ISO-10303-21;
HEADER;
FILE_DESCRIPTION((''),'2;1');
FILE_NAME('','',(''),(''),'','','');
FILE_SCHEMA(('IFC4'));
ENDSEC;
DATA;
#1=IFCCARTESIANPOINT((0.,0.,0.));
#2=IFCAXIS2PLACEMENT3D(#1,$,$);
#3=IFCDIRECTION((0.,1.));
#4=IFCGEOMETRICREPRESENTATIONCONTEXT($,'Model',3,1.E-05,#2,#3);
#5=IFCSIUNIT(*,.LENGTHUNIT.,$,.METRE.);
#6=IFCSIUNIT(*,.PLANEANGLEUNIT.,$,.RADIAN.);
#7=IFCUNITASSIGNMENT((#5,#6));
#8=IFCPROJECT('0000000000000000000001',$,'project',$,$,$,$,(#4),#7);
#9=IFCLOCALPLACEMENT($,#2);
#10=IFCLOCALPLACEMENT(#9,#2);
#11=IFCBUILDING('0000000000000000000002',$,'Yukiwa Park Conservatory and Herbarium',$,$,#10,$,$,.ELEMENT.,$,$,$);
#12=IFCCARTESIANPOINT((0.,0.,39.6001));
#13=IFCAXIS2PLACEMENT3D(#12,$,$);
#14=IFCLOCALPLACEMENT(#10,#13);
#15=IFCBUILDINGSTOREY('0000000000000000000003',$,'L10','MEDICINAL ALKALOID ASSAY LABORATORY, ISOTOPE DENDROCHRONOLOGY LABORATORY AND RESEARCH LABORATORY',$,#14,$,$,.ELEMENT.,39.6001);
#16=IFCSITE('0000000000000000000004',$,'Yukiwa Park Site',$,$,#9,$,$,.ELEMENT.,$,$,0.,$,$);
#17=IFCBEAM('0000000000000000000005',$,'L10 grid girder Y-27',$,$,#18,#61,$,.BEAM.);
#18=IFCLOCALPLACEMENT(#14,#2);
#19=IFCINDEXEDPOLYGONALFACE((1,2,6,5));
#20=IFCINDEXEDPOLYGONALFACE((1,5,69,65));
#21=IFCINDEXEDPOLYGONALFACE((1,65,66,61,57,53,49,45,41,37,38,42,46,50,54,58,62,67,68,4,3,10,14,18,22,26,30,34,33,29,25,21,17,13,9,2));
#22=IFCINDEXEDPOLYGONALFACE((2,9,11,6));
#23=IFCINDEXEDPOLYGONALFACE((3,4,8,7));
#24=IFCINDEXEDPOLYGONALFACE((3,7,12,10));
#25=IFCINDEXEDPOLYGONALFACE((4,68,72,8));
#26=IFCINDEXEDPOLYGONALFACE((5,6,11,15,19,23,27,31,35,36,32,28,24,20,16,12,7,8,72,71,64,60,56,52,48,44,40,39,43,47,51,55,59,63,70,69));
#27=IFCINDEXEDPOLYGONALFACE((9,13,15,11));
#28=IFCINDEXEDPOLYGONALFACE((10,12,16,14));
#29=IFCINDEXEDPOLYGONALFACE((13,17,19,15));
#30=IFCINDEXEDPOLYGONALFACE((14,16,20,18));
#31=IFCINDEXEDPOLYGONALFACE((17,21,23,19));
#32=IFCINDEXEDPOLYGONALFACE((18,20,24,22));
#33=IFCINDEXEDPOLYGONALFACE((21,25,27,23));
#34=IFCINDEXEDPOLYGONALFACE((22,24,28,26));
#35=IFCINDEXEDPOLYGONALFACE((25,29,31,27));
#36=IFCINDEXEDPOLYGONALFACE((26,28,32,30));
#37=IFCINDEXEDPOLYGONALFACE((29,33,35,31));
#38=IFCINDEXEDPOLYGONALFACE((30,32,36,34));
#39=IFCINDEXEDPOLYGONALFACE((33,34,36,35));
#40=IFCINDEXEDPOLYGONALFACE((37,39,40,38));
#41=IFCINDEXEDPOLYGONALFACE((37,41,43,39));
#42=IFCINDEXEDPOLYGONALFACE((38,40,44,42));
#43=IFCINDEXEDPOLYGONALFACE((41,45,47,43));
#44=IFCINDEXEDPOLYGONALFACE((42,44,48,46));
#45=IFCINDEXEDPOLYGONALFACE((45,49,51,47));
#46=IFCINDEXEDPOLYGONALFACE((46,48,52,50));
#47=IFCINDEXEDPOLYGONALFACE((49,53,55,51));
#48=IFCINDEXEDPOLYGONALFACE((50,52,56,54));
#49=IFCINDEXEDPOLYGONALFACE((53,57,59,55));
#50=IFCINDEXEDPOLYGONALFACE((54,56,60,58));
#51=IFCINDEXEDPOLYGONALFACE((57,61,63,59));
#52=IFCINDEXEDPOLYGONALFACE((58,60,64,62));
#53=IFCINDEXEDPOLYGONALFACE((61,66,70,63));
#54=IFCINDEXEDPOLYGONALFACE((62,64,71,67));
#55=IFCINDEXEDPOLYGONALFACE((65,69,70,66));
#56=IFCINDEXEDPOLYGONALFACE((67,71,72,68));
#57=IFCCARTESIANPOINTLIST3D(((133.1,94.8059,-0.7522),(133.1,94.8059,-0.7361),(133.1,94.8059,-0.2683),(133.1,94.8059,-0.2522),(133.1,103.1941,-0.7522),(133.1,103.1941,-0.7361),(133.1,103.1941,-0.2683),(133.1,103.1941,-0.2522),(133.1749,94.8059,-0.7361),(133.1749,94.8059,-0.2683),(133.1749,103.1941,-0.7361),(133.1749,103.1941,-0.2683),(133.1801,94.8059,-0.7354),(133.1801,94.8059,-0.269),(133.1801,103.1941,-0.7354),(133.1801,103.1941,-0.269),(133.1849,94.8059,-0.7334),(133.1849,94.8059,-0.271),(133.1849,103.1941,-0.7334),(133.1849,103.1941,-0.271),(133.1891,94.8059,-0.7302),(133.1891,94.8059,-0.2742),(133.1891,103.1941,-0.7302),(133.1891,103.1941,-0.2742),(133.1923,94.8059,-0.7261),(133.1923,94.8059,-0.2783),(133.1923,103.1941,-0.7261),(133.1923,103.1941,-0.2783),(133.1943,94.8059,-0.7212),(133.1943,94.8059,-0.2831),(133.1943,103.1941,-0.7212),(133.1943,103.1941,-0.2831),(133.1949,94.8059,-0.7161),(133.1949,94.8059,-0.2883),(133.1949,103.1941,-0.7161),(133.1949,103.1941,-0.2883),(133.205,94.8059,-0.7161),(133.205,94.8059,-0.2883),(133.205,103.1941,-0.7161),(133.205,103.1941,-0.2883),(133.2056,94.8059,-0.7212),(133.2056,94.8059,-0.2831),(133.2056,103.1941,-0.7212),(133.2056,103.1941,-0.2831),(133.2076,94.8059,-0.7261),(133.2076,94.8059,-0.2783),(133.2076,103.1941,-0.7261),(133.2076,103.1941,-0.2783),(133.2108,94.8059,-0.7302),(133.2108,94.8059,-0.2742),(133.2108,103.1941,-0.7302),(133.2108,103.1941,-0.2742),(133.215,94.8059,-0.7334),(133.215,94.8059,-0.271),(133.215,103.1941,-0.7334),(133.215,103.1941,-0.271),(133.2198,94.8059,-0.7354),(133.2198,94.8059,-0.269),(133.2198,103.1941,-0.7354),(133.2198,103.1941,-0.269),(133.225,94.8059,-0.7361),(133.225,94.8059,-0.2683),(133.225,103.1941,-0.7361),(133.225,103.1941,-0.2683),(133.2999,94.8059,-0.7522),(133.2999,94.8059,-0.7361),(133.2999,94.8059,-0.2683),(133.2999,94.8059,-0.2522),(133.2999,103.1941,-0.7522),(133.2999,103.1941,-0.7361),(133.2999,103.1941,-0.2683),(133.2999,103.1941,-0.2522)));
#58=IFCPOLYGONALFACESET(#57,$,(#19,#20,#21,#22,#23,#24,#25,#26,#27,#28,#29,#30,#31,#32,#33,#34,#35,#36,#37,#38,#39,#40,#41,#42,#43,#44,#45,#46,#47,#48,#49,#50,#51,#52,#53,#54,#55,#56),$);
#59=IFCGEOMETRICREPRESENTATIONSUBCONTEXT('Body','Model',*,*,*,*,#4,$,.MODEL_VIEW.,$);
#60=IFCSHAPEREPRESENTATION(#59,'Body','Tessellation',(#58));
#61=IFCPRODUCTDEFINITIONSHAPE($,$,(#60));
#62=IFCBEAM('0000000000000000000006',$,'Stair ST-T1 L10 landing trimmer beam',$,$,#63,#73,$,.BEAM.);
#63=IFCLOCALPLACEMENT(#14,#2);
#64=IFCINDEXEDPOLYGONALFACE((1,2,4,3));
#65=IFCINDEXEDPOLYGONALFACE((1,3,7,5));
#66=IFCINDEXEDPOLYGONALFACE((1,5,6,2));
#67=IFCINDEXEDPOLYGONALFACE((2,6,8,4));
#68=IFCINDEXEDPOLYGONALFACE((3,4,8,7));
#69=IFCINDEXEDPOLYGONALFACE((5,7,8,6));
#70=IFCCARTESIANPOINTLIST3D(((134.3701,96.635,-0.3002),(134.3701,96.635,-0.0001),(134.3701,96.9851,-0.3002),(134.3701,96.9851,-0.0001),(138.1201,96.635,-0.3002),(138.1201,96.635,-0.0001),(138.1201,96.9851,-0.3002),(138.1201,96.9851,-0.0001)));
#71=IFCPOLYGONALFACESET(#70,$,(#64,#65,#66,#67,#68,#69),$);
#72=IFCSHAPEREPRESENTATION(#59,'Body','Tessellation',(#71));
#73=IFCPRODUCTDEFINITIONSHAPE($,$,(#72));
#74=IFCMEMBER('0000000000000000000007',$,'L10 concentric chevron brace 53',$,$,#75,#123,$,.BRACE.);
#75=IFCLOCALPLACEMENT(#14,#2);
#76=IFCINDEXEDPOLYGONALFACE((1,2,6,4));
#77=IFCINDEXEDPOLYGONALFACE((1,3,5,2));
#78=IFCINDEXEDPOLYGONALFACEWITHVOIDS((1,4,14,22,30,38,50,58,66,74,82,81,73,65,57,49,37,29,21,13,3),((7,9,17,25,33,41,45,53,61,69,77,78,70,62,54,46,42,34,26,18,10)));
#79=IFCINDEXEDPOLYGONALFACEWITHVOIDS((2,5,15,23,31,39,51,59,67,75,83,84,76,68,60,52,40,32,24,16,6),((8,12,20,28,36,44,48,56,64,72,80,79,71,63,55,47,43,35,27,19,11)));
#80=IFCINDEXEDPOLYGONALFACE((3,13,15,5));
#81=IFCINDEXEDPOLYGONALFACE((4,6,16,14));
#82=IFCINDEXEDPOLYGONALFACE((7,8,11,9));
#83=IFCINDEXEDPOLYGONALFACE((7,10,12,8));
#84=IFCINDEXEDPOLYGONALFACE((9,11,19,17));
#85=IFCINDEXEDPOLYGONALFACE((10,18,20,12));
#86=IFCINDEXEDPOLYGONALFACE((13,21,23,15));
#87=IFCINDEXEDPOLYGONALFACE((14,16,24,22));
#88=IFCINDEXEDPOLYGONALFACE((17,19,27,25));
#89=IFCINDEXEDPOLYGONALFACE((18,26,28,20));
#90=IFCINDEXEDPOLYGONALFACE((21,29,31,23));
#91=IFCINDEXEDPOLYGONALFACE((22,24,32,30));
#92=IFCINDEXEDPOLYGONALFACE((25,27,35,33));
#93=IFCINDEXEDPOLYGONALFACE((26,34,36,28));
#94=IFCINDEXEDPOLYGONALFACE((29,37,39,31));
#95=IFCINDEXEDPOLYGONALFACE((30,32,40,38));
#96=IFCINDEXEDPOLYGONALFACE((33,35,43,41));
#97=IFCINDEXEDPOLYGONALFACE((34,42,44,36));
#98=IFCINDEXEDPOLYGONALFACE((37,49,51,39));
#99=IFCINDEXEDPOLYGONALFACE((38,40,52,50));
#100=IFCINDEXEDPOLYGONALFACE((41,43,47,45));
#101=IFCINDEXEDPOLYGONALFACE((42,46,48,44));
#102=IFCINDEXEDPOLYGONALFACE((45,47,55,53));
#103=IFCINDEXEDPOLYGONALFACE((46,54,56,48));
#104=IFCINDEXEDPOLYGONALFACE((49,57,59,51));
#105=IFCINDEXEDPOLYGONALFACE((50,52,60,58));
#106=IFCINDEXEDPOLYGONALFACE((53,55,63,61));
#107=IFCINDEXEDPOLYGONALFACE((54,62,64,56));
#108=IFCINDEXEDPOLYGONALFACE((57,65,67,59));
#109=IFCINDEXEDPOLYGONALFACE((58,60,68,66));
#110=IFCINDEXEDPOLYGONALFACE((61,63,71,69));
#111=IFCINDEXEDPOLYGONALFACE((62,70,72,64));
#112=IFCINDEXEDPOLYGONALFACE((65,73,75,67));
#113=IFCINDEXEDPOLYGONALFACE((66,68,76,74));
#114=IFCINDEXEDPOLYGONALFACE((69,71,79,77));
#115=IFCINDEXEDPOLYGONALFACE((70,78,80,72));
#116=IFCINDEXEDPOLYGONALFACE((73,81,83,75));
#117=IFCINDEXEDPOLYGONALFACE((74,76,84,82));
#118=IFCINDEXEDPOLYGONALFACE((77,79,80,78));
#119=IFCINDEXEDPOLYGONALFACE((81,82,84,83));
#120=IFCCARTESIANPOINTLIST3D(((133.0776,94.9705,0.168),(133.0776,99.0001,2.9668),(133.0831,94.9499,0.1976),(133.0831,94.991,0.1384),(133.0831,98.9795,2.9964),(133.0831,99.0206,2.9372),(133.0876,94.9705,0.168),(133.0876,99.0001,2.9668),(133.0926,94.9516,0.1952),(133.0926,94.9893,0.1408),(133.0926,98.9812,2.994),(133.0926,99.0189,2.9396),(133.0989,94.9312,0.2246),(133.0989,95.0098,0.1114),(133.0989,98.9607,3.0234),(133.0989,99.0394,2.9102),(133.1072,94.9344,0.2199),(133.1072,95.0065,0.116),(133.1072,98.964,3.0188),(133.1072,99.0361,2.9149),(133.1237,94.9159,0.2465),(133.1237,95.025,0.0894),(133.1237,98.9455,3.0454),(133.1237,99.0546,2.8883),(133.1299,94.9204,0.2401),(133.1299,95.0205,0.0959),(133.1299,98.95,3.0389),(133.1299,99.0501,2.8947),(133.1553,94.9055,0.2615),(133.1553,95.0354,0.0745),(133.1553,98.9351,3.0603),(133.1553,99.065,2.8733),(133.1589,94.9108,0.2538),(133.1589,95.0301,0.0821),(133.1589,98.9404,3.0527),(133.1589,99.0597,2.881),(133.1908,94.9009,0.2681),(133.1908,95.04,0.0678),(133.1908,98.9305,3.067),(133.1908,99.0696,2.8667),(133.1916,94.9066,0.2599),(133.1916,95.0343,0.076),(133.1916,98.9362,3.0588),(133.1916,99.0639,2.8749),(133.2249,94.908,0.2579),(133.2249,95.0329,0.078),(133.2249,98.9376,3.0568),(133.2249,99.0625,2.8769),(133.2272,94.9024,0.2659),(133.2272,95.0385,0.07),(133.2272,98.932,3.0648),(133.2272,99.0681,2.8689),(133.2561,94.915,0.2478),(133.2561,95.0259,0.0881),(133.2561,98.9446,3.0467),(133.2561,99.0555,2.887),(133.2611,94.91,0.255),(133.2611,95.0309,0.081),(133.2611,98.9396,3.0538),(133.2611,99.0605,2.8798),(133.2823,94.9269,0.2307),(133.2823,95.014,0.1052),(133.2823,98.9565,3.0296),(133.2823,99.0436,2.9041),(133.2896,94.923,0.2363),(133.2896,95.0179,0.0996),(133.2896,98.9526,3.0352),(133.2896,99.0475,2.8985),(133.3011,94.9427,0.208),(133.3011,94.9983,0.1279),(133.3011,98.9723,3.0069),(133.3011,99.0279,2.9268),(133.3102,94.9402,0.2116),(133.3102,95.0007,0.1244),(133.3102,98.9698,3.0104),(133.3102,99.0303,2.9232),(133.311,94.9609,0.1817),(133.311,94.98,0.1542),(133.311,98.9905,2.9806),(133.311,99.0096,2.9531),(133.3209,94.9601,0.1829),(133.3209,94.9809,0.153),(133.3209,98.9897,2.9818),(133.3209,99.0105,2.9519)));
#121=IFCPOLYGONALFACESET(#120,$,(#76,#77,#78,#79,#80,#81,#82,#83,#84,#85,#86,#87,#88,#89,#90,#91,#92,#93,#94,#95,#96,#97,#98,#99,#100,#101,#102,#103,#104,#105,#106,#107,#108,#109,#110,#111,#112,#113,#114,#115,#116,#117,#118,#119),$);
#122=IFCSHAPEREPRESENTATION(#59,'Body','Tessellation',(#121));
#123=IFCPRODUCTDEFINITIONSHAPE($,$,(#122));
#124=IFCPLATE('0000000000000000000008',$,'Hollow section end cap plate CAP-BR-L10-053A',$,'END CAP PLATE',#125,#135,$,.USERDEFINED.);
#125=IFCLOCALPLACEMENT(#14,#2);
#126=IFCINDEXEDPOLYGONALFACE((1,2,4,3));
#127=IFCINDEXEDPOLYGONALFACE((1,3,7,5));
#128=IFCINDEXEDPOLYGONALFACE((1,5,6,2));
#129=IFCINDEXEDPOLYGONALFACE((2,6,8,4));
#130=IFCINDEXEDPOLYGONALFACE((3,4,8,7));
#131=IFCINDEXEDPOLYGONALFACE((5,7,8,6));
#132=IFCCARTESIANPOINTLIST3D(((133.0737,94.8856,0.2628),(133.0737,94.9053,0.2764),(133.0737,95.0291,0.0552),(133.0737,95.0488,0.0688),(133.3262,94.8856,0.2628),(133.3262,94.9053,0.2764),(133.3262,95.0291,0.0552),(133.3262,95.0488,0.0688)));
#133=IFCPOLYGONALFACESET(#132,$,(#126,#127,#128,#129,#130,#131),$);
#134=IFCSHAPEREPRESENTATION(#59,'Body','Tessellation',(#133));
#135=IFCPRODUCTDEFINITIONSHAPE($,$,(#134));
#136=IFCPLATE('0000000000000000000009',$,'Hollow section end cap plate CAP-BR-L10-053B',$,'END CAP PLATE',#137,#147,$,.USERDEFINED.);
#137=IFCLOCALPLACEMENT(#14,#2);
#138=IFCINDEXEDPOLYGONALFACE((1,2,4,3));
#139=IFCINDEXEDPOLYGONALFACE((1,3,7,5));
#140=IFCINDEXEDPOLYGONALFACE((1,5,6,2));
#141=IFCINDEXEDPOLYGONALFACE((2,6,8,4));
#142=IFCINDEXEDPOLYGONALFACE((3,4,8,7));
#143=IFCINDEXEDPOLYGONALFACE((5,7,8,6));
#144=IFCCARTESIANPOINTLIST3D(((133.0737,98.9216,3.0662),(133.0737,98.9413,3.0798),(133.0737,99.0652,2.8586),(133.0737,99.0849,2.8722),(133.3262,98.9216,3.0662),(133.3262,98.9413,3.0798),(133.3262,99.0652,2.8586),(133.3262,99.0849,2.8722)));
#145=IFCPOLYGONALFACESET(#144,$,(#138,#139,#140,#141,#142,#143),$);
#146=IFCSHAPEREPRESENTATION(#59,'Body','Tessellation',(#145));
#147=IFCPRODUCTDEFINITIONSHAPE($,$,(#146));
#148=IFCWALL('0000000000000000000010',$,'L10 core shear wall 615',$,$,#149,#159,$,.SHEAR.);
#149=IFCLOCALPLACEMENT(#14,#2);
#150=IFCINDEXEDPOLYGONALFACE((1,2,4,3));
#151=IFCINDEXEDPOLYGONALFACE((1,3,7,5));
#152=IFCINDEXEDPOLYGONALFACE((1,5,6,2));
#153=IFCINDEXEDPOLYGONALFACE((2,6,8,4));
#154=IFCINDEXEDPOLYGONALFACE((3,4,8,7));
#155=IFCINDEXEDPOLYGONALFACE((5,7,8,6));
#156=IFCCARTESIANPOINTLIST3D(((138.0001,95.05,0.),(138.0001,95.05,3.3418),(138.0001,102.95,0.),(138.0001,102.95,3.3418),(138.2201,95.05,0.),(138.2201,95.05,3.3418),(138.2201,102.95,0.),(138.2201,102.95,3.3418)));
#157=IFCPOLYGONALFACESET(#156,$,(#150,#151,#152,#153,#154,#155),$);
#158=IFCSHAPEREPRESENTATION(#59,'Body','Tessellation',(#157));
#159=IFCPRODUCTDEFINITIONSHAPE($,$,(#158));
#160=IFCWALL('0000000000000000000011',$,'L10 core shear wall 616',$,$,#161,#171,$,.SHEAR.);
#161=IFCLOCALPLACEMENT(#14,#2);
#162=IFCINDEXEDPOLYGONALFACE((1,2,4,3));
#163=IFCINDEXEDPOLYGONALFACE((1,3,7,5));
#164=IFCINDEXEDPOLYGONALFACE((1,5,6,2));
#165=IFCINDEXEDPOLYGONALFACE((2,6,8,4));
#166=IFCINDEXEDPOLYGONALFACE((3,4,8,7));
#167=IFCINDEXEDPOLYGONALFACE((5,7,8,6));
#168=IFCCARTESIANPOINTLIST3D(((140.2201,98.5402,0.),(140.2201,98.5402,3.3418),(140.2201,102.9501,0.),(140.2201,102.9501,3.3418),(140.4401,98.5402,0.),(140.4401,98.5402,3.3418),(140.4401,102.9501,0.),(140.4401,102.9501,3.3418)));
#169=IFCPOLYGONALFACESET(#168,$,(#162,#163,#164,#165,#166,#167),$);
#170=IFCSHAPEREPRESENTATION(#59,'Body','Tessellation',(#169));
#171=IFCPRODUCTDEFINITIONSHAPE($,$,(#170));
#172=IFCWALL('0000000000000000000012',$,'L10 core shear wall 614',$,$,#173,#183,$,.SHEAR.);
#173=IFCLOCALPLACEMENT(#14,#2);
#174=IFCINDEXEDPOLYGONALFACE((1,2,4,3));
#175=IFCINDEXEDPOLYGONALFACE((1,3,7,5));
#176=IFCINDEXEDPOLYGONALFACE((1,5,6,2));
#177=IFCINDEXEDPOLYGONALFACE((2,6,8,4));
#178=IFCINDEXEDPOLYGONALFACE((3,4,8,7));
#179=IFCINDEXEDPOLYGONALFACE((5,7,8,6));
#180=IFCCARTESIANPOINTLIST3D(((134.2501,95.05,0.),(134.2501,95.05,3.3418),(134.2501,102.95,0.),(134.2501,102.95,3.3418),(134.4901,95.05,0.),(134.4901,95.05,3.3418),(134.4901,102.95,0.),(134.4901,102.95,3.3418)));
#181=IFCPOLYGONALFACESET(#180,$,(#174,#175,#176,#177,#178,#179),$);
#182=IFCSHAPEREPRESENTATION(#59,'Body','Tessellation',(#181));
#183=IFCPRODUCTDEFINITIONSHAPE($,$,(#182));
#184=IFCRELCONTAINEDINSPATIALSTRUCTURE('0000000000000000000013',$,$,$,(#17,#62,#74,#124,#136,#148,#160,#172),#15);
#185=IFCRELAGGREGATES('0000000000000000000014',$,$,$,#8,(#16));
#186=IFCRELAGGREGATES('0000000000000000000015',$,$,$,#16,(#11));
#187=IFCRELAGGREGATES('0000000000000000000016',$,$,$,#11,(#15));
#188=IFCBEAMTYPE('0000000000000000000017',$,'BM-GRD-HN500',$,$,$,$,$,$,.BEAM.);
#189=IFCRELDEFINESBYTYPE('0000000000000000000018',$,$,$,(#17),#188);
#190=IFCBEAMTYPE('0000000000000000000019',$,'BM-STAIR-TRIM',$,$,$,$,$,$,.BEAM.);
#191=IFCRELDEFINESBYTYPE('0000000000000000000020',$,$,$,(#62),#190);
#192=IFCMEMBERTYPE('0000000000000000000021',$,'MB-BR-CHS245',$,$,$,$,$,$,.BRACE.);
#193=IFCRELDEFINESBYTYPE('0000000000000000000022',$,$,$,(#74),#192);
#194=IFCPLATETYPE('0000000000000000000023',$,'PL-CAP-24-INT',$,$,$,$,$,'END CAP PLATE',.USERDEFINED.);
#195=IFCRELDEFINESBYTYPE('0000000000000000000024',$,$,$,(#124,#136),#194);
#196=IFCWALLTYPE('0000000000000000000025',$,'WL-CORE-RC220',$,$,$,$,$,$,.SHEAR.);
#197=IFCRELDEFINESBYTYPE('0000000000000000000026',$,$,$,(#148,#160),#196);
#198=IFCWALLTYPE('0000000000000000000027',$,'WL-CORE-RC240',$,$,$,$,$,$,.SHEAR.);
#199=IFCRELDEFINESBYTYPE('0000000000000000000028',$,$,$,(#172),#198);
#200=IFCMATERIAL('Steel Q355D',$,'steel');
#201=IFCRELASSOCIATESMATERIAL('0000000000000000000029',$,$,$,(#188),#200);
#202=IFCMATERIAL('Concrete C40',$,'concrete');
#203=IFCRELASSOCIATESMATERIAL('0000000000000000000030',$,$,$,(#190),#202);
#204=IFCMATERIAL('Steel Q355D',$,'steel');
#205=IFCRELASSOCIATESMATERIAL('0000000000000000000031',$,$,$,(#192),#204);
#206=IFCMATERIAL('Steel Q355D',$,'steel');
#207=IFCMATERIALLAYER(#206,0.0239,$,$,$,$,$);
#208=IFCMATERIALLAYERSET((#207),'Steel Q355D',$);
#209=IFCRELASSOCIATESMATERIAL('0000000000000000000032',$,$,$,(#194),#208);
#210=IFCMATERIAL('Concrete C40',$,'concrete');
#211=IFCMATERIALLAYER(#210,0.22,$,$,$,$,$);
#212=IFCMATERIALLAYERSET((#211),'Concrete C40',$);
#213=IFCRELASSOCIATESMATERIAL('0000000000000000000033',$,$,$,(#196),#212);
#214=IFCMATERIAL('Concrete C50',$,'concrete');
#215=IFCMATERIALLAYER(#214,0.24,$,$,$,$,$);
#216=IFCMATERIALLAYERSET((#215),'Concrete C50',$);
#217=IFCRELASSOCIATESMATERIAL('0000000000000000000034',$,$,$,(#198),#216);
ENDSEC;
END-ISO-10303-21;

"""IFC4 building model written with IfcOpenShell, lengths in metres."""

from ifc_helpers import new_model, si_unit, direction, frame, frame_2d, origin, origin_2d, place, context, subcontext, project, spatial, rectangle, hollow_circle, i_section, extrude, material, layer, layer_set, material_profile, profile_set, type_object, element, save


model = new_model("IFC4")

# Units and contexts
model_context = context("Model", 3, precision=1e-05, world=origin(), true_north=direction((0.0, 1.0)))
body_context = subcontext(model_context, "Body", "Model", "MODEL_VIEW")
ifc_project = project(units=[si_unit("LENGTHUNIT", "METRE"), si_unit("PLANEANGLEUNIT", "RADIAN")], contexts=[model_context])

# Site, building, storey
site_placement = place(None, origin())
site = spatial("IfcSite", under=ifc_project, at=site_placement, Name="Yukiwa Park Site", CompositionType="ELEMENT", RefElevation=0.0)
building_placement = place(site_placement, origin())
building = spatial("IfcBuilding", under=site, at=building_placement, Name="Yukiwa Park Conservatory and Herbarium", CompositionType="ELEMENT")
storey_placement = place(building_placement, frame((0.0, 0.0, 39.6001)))
storey = spatial("IfcBuildingStorey", under=building, at=storey_placement, Name="L10", Description="MEDICINAL ALKALOID ASSAY LABORATORY, ISOTOPE DENDROCHRONOLOGY LABORATORY AND RESEARCH LABORATORY", CompositionType="ELEMENT", Elevation=39.6001)

# Beams
ifc_material_1 = material(Name="Steel Q355D", Category="steel")
ifc_material_profile_1 = material_profile(ifc_material_1, i_section(OverallWidth=0.2, OverallDepth=0.5, WebThickness=0.01, FlangeThickness=0.0161, FilletRadius=0.02, at=origin_2d()), Name="HN 500x200x10x16")
ifc_profile_set_1 = profile_set([ifc_material_profile_1], Name="Steel Q355D")
beam_type_1 = type_object("IfcBeamType", Name="BM-GRD-HN500", PredefinedType="BEAM", material=ifc_profile_set_1)
beam_1_placement = place(storey_placement, frame((133.2, 94.8059, -0.5022), z_axis=(0.0, 1.0, 0.0), x_axis=(-1.0, 0.0, 0.0)))
element("IfcBeam", 1, at=beam_1_placement, inside=storey, type_object=beam_type_1, Name="L10 grid girder Y-27", PredefinedType="BEAM", context=body_context, shape_type="SweptSolid", body=[
    extrude(i_section(OverallWidth=0.2, OverallDepth=0.5, WebThickness=0.01, FlangeThickness=0.0161, FilletRadius=0.02, at=origin_2d()), origin(), (0.0, 0.0, 1.0), 8.3882),
])
ifc_material_2 = material(Name="Concrete C40", Category="concrete")
ifc_material_profile_2 = material_profile(ifc_material_2, rectangle(XDim=0.3501, YDim=0.3, at=origin_2d()), Name="RC 350x300")
ifc_profile_set_2 = profile_set([ifc_material_profile_2], Name="Concrete C40")
beam_type_2 = type_object("IfcBeamType", Name="BM-STAIR-TRIM", PredefinedType="BEAM", material=ifc_profile_set_2)
beam_2_placement = place(storey_placement, frame((134.3701, 96.8101, -0.1501), z_axis=(1.0, 0.0, 0.0), x_axis=(0.0, 1.0, 0.0)))
element("IfcBeam", 2, at=beam_2_placement, inside=storey, type_object=beam_type_2, Name="Stair ST-T1 L10 landing trimmer beam", PredefinedType="BEAM", context=body_context, shape_type="SweptSolid", body=[
    extrude(rectangle(XDim=0.3501, YDim=0.3, at=origin_2d()), origin(), (0.0, 0.0, 1.0), 3.75),
])

# Member
ifc_material_3 = material(Name="Steel Q355D", Category="steel")
ifc_material_profile_3 = material_profile(ifc_material_3, hollow_circle(Radius=0.1223, WallThickness=0.01, at=origin_2d()), Name="CHS 244.5x10")
ifc_profile_set_3 = profile_set([ifc_material_profile_3], Name="Steel Q355D")
member_type = type_object("IfcMemberType", Name="MB-BR-CHS245", PredefinedType="BRACE", material=ifc_profile_set_3)
member_placement = place(storey_placement, frame((133.2, 94.9705, 0.168), z_axis=(0.0, 0.821319, 0.570469), x_axis=(-1.0, 0.0, 0.0)))
element("IfcMember", 3, at=member_placement, inside=storey, type_object=member_type, Name="L10 concentric chevron brace 53", PredefinedType="BRACE", context=body_context, shape_type="SweptSolid", body=[
    extrude(hollow_circle(Radius=0.1223, WallThickness=0.01, at=origin_2d()), origin(), (0.0, 0.0, 1.0), 4.9062),
])

# Plates
ifc_material_4 = material(Name="Steel Q355D", Category="steel")
ifc_layer_1 = layer(ifc_material_4, 0.0239)
ifc_layer_set_1 = layer_set([ifc_layer_1], Name="Steel Q355D")
plate_type = type_object("IfcPlateType", Name="PL-CAP-24-INT", ElementType="END CAP PLATE", PredefinedType="USERDEFINED", material=ifc_layer_set_1)
for number, where, z_axis, x_axis, name in (
    (4, (133.2, 94.9771, 0.1726), (0.0, -0.822558, -0.568682), (1.0, 0.0, 0.0), "Hollow section end cap plate CAP-BR-L10-053A"),
    (5, (133.2, 98.9934, 2.9624), (0.0, 0.822558, 0.568682), (-1.0, 0.0, 0.0), "Hollow section end cap plate CAP-BR-L10-053B"),
):
    element("IfcPlate", number, at=place(storey_placement, frame(where, z_axis=z_axis, x_axis=x_axis)), inside=storey, type_object=plate_type, Name=name, ObjectType="END CAP PLATE", PredefinedType="USERDEFINED", context=body_context, shape_type="SweptSolid", body=[
        extrude(rectangle(XDim=0.2524, YDim=0.2524, at=origin_2d()), origin(), (0.0, 0.0, 1.0), 0.0239),
    ])

# Walls
ifc_material_5 = material(Name="Concrete C40", Category="concrete")
ifc_layer_2 = layer(ifc_material_5, 0.22)
ifc_layer_set_2 = layer_set([ifc_layer_2], Name="Concrete C40")
wall_type_1 = type_object("IfcWallType", Name="WL-CORE-RC220", PredefinedType="SHEAR", material=ifc_layer_set_2)
wall_1_placement = place(storey_placement, frame((138.1101, 95.05, 0.0), z_axis=(0.0, 0.0, 1.0), x_axis=(0.0, 1.0, 0.0)))
element("IfcWall", 6, at=wall_1_placement, inside=storey, type_object=wall_type_1, Name="L10 core shear wall 615", PredefinedType="SHEAR", context=body_context, shape_type="SweptSolid", body=[
    extrude(rectangle(XDim=7.8999, YDim=0.22, at=frame_2d((3.95, 0.0))), origin(), (0.0, 0.0, 1.0), 3.3418),
])
wall_2_placement = place(storey_placement, frame((140.3301, 98.54, 0.0), z_axis=(0.0, 0.0, 1.0), x_axis=(0.0, 1.0, 0.0)))
element("IfcWall", 7, at=wall_2_placement, inside=storey, type_object=wall_type_1, Name="L10 core shear wall 616", PredefinedType="SHEAR", context=body_context, shape_type="SweptSolid", body=[
    extrude(rectangle(XDim=4.4099, YDim=0.22, at=frame_2d((2.2051, 0.0))), origin(), (0.0, 0.0, 1.0), 3.3418),
])

# Shared definitions
ifc_material_6 = material(Name="Concrete C50", Category="concrete")
ifc_layer_3 = layer(ifc_material_6, 0.24)
ifc_layer_set_3 = layer_set([ifc_layer_3], Name="Concrete C50")
wall_type_2 = type_object("IfcWallType", Name="WL-CORE-RC240", PredefinedType="SHEAR", material=ifc_layer_set_3)

# Wall
wall_3_placement = place(storey_placement, frame((134.3701, 95.05, 0.0), z_axis=(0.0, 0.0, 1.0), x_axis=(0.0, 1.0, 0.0)))
element("IfcWall", 8, at=wall_3_placement, inside=storey, type_object=wall_type_2, Name="L10 core shear wall 614", PredefinedType="SHEAR", context=body_context, shape_type="SweptSolid", body=[
    extrude(rectangle(XDim=7.8999, YDim=0.24, at=frame_2d((3.95, 0.0))), origin(), (0.0, 0.0, 1.0), 3.3418),
])

save(model, "model.ifc")
